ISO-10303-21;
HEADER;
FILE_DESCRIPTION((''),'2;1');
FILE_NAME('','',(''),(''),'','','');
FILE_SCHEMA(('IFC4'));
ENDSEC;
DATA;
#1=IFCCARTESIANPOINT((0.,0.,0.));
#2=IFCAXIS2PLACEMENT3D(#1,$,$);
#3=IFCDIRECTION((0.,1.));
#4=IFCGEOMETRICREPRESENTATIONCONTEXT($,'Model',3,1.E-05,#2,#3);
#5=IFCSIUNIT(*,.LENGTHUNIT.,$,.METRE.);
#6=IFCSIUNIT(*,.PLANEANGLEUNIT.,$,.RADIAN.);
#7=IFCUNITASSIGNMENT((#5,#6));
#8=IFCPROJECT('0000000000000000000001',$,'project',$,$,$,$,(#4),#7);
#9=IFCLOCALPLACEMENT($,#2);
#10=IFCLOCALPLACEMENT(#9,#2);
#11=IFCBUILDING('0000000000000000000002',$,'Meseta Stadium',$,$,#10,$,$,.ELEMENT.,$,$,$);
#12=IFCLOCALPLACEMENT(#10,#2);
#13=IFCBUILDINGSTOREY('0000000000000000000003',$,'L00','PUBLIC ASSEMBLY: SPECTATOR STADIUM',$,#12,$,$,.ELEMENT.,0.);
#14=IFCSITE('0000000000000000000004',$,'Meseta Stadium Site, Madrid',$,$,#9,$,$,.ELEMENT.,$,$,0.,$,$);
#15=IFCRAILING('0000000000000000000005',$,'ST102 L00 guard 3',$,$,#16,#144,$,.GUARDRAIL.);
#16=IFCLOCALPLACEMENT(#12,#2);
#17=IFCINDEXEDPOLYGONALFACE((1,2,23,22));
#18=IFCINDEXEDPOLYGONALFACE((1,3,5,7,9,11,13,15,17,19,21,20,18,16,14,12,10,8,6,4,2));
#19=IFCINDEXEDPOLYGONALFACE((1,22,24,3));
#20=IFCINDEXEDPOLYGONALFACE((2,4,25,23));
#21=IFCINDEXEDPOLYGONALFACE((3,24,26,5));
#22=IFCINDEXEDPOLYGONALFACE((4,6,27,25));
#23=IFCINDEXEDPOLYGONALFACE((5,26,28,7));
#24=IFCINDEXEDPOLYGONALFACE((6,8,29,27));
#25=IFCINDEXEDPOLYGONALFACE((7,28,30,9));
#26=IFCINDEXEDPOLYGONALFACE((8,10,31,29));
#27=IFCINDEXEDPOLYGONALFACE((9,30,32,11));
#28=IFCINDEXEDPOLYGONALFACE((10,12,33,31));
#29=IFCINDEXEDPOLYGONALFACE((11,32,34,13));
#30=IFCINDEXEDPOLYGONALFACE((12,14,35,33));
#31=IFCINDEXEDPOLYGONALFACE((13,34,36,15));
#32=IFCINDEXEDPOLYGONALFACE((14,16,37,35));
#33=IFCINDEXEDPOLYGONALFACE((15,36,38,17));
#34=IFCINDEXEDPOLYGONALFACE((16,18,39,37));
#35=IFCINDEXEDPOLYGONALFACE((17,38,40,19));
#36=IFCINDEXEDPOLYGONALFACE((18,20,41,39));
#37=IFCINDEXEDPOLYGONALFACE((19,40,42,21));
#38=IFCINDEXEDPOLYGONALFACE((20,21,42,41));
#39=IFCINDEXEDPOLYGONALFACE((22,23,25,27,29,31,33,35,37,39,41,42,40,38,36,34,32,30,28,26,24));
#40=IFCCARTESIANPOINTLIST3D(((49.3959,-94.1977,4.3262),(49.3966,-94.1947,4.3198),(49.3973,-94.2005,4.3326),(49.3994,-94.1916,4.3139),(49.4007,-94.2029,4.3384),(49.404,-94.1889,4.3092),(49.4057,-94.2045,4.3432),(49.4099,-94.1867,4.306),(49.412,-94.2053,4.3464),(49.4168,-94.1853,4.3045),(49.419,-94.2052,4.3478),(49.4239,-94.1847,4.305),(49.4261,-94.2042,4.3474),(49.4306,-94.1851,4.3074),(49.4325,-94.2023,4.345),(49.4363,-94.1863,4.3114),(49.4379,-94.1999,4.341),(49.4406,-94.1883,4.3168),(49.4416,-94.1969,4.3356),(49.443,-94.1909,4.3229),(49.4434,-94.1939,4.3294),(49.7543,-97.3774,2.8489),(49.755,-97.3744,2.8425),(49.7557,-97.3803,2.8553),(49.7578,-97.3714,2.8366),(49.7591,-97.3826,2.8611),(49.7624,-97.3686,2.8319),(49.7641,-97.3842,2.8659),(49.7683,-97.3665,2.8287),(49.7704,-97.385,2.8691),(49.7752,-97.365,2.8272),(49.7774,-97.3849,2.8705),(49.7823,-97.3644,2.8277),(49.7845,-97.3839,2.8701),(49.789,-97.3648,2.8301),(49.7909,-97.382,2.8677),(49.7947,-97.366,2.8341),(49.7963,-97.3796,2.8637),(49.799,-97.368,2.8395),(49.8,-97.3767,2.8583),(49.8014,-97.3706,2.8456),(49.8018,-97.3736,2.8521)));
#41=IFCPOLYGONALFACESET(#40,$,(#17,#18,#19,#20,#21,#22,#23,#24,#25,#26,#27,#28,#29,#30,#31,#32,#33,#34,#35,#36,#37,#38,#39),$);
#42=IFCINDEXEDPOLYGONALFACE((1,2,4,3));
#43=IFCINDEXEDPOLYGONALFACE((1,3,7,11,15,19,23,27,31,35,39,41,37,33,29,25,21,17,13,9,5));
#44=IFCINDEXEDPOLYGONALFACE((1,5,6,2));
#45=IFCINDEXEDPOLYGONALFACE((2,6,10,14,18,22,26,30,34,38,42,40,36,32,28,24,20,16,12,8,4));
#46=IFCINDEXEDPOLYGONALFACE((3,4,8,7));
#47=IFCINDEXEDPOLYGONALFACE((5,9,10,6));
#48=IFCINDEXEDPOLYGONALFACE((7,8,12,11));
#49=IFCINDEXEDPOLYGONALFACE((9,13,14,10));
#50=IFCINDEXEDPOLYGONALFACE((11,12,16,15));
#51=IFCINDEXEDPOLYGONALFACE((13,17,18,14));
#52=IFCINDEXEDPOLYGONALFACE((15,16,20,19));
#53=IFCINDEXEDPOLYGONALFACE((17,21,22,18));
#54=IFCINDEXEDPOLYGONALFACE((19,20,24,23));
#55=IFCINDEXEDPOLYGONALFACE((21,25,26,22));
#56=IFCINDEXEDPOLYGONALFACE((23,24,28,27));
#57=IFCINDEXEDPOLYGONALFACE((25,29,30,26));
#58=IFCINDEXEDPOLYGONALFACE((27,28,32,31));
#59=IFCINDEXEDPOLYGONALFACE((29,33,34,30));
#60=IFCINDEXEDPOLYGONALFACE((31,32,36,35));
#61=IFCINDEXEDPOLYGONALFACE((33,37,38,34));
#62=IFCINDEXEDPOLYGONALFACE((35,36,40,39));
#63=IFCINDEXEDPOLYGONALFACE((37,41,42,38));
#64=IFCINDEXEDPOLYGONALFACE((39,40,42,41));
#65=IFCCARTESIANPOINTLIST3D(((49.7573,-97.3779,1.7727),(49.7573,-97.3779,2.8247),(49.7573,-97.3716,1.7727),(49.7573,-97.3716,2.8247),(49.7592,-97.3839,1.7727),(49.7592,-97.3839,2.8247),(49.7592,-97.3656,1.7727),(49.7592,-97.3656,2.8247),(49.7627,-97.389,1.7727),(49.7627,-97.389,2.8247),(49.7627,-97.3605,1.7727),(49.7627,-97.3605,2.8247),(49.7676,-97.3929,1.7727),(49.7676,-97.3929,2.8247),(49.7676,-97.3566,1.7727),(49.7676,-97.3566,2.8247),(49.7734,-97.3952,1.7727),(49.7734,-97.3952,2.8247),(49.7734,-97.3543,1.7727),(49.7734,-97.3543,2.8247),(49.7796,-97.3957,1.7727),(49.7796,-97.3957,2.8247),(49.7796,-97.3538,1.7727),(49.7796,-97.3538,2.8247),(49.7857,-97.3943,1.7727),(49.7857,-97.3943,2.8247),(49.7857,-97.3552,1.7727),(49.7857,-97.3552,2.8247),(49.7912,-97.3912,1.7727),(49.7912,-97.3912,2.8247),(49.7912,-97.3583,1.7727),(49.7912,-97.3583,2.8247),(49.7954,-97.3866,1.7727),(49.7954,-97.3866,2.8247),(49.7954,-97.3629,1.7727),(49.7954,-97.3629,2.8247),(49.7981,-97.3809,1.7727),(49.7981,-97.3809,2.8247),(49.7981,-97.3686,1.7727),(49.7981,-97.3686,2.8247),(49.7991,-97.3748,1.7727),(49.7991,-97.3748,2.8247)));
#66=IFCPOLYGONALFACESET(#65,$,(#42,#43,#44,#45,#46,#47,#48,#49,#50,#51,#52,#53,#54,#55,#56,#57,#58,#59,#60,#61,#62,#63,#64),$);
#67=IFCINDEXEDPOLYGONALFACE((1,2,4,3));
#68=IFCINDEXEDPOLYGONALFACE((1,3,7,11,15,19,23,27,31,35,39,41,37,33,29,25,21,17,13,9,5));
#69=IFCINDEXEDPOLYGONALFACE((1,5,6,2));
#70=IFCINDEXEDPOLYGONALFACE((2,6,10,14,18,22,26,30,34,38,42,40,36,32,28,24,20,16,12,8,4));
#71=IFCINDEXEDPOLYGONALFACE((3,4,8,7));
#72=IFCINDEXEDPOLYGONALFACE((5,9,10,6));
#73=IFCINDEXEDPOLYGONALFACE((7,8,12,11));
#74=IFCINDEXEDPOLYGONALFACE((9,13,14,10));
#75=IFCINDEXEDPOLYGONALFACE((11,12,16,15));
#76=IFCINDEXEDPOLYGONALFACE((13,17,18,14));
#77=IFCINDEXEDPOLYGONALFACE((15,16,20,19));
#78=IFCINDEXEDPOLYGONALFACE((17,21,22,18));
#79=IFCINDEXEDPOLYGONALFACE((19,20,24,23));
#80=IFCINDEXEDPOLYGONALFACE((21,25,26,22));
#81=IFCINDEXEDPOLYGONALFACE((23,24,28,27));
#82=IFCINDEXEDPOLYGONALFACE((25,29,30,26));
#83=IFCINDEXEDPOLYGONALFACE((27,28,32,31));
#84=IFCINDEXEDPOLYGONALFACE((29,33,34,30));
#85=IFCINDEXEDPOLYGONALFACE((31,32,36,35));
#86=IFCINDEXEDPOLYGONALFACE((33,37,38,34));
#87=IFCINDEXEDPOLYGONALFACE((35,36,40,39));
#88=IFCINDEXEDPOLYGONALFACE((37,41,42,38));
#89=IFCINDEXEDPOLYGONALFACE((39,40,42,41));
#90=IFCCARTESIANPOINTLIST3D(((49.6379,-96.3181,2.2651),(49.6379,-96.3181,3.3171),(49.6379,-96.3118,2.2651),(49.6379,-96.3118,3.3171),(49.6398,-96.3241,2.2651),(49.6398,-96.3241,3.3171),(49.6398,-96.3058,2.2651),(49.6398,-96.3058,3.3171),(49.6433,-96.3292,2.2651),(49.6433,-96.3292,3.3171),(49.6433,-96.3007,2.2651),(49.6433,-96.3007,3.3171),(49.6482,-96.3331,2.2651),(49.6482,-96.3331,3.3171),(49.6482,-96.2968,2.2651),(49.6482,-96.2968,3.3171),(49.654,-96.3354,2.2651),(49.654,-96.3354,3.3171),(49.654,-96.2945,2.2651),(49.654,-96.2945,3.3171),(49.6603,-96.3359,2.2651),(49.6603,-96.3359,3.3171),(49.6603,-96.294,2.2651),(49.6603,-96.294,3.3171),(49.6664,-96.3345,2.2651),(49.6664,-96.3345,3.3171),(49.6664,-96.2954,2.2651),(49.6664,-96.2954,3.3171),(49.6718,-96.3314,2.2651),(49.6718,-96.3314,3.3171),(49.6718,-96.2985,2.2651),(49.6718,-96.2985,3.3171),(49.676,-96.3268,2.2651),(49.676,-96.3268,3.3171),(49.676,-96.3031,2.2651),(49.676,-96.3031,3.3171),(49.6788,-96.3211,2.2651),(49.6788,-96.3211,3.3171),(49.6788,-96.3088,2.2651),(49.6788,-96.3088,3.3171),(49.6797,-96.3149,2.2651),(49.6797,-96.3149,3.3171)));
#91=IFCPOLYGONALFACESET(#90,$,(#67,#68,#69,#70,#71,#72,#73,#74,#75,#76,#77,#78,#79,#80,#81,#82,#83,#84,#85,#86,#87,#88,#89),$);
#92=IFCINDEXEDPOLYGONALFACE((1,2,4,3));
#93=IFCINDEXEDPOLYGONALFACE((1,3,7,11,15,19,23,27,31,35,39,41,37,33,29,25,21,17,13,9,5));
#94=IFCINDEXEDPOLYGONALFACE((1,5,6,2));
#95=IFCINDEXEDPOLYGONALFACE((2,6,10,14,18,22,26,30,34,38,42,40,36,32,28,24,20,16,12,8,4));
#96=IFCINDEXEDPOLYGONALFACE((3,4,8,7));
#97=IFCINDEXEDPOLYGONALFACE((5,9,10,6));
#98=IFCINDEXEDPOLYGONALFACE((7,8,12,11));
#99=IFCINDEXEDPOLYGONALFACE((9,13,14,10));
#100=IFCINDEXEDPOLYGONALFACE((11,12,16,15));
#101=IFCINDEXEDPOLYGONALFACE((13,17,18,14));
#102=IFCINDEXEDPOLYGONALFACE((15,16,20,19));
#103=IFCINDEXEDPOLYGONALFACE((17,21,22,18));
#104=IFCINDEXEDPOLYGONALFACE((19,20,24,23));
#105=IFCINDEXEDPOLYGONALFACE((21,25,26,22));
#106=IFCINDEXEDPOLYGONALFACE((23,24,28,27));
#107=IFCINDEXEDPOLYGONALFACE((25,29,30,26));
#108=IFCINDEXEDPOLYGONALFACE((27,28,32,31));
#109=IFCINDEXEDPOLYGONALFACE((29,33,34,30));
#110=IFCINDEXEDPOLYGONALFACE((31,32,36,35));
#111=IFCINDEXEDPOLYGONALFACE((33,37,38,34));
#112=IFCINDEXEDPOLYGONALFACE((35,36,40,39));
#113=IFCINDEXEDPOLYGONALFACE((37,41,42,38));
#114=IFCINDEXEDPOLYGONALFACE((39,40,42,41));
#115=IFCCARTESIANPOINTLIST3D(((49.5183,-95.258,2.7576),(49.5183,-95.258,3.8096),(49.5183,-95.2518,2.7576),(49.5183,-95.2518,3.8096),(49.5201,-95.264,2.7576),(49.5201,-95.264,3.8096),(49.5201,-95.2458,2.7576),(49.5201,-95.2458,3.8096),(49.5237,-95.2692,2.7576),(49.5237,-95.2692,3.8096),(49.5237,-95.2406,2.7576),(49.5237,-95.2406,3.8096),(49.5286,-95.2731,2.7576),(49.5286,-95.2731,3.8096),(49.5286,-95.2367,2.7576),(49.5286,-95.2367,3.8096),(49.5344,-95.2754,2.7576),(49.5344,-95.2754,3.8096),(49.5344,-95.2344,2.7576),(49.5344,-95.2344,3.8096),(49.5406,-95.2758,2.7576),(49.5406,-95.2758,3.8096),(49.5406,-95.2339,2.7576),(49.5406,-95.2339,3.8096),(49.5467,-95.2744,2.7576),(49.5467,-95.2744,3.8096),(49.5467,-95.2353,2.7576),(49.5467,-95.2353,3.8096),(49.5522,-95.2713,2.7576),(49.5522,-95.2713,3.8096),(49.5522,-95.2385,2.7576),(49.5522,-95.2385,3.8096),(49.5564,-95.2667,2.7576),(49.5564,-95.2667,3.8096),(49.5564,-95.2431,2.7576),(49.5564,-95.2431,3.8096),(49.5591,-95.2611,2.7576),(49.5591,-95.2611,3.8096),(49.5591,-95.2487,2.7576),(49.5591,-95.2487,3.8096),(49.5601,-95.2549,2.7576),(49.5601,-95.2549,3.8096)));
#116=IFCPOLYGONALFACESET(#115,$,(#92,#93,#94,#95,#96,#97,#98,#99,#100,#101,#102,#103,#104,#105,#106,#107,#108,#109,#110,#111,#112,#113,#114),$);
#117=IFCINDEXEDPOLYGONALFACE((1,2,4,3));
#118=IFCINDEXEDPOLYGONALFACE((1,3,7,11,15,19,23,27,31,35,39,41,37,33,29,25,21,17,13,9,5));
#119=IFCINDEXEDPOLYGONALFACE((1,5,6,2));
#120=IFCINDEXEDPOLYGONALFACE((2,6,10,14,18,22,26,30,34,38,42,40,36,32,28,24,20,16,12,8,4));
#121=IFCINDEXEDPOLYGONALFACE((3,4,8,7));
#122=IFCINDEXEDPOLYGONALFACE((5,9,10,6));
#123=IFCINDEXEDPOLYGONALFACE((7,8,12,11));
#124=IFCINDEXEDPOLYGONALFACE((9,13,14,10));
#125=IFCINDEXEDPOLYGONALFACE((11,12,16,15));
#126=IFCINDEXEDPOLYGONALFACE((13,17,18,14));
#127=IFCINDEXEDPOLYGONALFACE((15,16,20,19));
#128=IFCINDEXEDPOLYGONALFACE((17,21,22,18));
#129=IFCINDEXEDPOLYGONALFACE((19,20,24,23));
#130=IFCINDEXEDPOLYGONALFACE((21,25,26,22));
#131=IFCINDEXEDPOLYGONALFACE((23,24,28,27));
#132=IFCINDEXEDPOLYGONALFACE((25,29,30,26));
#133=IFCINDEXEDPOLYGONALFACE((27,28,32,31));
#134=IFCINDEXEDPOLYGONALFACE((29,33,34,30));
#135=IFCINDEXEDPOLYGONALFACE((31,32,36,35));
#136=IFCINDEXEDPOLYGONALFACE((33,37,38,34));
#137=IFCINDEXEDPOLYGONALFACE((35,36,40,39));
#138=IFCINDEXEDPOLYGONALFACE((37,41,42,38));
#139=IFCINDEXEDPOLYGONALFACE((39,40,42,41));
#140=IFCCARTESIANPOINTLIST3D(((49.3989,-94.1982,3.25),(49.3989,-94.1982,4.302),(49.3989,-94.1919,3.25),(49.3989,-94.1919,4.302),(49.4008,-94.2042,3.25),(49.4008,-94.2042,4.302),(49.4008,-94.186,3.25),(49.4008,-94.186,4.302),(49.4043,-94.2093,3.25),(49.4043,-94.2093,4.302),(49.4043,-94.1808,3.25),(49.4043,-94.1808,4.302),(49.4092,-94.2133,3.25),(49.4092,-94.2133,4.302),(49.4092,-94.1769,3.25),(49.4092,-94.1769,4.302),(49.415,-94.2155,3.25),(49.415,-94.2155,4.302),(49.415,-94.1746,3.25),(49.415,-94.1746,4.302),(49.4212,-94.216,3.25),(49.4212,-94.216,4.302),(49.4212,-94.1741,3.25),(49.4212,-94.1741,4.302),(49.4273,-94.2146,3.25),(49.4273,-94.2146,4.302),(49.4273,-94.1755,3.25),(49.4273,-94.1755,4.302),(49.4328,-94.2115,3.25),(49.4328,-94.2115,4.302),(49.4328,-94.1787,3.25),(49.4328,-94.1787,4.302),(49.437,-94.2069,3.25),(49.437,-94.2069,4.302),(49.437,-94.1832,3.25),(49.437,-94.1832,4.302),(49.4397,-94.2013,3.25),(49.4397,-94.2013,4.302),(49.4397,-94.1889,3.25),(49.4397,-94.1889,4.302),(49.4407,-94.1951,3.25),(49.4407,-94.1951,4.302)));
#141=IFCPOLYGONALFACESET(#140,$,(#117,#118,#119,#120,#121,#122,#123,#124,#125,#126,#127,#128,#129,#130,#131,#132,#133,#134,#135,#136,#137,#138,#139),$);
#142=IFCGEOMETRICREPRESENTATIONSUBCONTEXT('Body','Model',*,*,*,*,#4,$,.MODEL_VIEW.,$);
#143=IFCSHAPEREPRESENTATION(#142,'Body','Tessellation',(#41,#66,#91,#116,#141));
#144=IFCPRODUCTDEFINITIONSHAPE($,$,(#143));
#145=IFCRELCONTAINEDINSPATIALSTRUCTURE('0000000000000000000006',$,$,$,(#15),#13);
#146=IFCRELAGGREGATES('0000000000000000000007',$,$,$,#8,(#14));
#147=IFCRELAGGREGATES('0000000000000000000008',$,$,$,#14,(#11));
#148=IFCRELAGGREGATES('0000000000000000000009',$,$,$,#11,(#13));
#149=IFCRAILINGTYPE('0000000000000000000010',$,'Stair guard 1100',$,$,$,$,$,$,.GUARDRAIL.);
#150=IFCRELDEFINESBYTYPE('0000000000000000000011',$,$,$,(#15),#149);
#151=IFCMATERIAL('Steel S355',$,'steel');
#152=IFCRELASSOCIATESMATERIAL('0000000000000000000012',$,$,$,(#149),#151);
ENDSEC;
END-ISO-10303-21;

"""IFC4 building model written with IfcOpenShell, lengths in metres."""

from ifc_helpers import new_model, si_unit, direction, frame, origin, origin_2d, place, context, subcontext, project, spatial, circle, extrude, material, type_object, element, save


model = new_model("IFC4")

# Units and contexts
model_context = context("Model", 3, precision=1e-05, world=origin(), true_north=direction((0.0, 1.0)))
body_context = subcontext(model_context, "Body", "Model", "MODEL_VIEW")
ifc_project = project(units=[si_unit("LENGTHUNIT", "METRE"), si_unit("PLANEANGLEUNIT", "RADIAN")], contexts=[model_context])

# Site, building, storey
site_placement = place(None, origin())
site = spatial("IfcSite", under=ifc_project, at=site_placement, Name="Meseta Stadium Site, Madrid", CompositionType="ELEMENT", RefElevation=0.0)
building_placement = place(site_placement, origin())
building = spatial("IfcBuilding", under=site, at=building_placement, Name="Meseta Stadium", CompositionType="ELEMENT")
storey_placement = place(building_placement, origin())
storey = spatial("IfcBuildingStorey", under=building, at=storey_placement, Name="L00", Description="PUBLIC ASSEMBLY: SPECTATOR STADIUM", CompositionType="ELEMENT", Elevation=0.0)

# Railing
ifc_material_1 = material(Name="Steel S355", Category="steel")
railing_type_1 = type_object("IfcRailingType", Name="Stair guard 1100", PredefinedType="GUARDRAIL", material=ifc_material_1)
railing_1_placement = place(storey_placement, frame((49.7781, -97.3748, 1.7727)))
element("IfcRailing", 1, at=railing_1_placement, inside=storey, type_object=railing_type_1, Name="ST102 L00 guard 3", PredefinedType="GUARDRAIL", context=body_context, shape_type="SweptSolid", body=[
    extrude(circle(Radius=0.0239, at=origin_2d()), frame((0.0, 0.0, 1.0762), z_axis=(-0.101691, 0.902197, 0.419164), x_axis=(-0.993708, -0.112006, 0.0)), (0.0, 0.0, 1.0), 3.5244),
    extrude(circle(Radius=0.021, at=origin_2d()), origin(), (0.0, 0.0, 1.0), 1.052),
    extrude(circle(Radius=0.021, at=origin_2d()), frame((-0.1194, 1.0598, 0.4924)), (0.0, 0.0, 1.0), 1.052),
    extrude(circle(Radius=0.021, at=origin_2d()), frame((-0.239, 2.1199, 0.9849)), (0.0, 0.0, 1.0), 1.052),
    extrude(circle(Radius=0.021, at=origin_2d()), frame((-0.3584, 3.1797, 1.4773)), (0.0, 0.0, 1.0), 1.052),
])

save(model, "model.ifc")
